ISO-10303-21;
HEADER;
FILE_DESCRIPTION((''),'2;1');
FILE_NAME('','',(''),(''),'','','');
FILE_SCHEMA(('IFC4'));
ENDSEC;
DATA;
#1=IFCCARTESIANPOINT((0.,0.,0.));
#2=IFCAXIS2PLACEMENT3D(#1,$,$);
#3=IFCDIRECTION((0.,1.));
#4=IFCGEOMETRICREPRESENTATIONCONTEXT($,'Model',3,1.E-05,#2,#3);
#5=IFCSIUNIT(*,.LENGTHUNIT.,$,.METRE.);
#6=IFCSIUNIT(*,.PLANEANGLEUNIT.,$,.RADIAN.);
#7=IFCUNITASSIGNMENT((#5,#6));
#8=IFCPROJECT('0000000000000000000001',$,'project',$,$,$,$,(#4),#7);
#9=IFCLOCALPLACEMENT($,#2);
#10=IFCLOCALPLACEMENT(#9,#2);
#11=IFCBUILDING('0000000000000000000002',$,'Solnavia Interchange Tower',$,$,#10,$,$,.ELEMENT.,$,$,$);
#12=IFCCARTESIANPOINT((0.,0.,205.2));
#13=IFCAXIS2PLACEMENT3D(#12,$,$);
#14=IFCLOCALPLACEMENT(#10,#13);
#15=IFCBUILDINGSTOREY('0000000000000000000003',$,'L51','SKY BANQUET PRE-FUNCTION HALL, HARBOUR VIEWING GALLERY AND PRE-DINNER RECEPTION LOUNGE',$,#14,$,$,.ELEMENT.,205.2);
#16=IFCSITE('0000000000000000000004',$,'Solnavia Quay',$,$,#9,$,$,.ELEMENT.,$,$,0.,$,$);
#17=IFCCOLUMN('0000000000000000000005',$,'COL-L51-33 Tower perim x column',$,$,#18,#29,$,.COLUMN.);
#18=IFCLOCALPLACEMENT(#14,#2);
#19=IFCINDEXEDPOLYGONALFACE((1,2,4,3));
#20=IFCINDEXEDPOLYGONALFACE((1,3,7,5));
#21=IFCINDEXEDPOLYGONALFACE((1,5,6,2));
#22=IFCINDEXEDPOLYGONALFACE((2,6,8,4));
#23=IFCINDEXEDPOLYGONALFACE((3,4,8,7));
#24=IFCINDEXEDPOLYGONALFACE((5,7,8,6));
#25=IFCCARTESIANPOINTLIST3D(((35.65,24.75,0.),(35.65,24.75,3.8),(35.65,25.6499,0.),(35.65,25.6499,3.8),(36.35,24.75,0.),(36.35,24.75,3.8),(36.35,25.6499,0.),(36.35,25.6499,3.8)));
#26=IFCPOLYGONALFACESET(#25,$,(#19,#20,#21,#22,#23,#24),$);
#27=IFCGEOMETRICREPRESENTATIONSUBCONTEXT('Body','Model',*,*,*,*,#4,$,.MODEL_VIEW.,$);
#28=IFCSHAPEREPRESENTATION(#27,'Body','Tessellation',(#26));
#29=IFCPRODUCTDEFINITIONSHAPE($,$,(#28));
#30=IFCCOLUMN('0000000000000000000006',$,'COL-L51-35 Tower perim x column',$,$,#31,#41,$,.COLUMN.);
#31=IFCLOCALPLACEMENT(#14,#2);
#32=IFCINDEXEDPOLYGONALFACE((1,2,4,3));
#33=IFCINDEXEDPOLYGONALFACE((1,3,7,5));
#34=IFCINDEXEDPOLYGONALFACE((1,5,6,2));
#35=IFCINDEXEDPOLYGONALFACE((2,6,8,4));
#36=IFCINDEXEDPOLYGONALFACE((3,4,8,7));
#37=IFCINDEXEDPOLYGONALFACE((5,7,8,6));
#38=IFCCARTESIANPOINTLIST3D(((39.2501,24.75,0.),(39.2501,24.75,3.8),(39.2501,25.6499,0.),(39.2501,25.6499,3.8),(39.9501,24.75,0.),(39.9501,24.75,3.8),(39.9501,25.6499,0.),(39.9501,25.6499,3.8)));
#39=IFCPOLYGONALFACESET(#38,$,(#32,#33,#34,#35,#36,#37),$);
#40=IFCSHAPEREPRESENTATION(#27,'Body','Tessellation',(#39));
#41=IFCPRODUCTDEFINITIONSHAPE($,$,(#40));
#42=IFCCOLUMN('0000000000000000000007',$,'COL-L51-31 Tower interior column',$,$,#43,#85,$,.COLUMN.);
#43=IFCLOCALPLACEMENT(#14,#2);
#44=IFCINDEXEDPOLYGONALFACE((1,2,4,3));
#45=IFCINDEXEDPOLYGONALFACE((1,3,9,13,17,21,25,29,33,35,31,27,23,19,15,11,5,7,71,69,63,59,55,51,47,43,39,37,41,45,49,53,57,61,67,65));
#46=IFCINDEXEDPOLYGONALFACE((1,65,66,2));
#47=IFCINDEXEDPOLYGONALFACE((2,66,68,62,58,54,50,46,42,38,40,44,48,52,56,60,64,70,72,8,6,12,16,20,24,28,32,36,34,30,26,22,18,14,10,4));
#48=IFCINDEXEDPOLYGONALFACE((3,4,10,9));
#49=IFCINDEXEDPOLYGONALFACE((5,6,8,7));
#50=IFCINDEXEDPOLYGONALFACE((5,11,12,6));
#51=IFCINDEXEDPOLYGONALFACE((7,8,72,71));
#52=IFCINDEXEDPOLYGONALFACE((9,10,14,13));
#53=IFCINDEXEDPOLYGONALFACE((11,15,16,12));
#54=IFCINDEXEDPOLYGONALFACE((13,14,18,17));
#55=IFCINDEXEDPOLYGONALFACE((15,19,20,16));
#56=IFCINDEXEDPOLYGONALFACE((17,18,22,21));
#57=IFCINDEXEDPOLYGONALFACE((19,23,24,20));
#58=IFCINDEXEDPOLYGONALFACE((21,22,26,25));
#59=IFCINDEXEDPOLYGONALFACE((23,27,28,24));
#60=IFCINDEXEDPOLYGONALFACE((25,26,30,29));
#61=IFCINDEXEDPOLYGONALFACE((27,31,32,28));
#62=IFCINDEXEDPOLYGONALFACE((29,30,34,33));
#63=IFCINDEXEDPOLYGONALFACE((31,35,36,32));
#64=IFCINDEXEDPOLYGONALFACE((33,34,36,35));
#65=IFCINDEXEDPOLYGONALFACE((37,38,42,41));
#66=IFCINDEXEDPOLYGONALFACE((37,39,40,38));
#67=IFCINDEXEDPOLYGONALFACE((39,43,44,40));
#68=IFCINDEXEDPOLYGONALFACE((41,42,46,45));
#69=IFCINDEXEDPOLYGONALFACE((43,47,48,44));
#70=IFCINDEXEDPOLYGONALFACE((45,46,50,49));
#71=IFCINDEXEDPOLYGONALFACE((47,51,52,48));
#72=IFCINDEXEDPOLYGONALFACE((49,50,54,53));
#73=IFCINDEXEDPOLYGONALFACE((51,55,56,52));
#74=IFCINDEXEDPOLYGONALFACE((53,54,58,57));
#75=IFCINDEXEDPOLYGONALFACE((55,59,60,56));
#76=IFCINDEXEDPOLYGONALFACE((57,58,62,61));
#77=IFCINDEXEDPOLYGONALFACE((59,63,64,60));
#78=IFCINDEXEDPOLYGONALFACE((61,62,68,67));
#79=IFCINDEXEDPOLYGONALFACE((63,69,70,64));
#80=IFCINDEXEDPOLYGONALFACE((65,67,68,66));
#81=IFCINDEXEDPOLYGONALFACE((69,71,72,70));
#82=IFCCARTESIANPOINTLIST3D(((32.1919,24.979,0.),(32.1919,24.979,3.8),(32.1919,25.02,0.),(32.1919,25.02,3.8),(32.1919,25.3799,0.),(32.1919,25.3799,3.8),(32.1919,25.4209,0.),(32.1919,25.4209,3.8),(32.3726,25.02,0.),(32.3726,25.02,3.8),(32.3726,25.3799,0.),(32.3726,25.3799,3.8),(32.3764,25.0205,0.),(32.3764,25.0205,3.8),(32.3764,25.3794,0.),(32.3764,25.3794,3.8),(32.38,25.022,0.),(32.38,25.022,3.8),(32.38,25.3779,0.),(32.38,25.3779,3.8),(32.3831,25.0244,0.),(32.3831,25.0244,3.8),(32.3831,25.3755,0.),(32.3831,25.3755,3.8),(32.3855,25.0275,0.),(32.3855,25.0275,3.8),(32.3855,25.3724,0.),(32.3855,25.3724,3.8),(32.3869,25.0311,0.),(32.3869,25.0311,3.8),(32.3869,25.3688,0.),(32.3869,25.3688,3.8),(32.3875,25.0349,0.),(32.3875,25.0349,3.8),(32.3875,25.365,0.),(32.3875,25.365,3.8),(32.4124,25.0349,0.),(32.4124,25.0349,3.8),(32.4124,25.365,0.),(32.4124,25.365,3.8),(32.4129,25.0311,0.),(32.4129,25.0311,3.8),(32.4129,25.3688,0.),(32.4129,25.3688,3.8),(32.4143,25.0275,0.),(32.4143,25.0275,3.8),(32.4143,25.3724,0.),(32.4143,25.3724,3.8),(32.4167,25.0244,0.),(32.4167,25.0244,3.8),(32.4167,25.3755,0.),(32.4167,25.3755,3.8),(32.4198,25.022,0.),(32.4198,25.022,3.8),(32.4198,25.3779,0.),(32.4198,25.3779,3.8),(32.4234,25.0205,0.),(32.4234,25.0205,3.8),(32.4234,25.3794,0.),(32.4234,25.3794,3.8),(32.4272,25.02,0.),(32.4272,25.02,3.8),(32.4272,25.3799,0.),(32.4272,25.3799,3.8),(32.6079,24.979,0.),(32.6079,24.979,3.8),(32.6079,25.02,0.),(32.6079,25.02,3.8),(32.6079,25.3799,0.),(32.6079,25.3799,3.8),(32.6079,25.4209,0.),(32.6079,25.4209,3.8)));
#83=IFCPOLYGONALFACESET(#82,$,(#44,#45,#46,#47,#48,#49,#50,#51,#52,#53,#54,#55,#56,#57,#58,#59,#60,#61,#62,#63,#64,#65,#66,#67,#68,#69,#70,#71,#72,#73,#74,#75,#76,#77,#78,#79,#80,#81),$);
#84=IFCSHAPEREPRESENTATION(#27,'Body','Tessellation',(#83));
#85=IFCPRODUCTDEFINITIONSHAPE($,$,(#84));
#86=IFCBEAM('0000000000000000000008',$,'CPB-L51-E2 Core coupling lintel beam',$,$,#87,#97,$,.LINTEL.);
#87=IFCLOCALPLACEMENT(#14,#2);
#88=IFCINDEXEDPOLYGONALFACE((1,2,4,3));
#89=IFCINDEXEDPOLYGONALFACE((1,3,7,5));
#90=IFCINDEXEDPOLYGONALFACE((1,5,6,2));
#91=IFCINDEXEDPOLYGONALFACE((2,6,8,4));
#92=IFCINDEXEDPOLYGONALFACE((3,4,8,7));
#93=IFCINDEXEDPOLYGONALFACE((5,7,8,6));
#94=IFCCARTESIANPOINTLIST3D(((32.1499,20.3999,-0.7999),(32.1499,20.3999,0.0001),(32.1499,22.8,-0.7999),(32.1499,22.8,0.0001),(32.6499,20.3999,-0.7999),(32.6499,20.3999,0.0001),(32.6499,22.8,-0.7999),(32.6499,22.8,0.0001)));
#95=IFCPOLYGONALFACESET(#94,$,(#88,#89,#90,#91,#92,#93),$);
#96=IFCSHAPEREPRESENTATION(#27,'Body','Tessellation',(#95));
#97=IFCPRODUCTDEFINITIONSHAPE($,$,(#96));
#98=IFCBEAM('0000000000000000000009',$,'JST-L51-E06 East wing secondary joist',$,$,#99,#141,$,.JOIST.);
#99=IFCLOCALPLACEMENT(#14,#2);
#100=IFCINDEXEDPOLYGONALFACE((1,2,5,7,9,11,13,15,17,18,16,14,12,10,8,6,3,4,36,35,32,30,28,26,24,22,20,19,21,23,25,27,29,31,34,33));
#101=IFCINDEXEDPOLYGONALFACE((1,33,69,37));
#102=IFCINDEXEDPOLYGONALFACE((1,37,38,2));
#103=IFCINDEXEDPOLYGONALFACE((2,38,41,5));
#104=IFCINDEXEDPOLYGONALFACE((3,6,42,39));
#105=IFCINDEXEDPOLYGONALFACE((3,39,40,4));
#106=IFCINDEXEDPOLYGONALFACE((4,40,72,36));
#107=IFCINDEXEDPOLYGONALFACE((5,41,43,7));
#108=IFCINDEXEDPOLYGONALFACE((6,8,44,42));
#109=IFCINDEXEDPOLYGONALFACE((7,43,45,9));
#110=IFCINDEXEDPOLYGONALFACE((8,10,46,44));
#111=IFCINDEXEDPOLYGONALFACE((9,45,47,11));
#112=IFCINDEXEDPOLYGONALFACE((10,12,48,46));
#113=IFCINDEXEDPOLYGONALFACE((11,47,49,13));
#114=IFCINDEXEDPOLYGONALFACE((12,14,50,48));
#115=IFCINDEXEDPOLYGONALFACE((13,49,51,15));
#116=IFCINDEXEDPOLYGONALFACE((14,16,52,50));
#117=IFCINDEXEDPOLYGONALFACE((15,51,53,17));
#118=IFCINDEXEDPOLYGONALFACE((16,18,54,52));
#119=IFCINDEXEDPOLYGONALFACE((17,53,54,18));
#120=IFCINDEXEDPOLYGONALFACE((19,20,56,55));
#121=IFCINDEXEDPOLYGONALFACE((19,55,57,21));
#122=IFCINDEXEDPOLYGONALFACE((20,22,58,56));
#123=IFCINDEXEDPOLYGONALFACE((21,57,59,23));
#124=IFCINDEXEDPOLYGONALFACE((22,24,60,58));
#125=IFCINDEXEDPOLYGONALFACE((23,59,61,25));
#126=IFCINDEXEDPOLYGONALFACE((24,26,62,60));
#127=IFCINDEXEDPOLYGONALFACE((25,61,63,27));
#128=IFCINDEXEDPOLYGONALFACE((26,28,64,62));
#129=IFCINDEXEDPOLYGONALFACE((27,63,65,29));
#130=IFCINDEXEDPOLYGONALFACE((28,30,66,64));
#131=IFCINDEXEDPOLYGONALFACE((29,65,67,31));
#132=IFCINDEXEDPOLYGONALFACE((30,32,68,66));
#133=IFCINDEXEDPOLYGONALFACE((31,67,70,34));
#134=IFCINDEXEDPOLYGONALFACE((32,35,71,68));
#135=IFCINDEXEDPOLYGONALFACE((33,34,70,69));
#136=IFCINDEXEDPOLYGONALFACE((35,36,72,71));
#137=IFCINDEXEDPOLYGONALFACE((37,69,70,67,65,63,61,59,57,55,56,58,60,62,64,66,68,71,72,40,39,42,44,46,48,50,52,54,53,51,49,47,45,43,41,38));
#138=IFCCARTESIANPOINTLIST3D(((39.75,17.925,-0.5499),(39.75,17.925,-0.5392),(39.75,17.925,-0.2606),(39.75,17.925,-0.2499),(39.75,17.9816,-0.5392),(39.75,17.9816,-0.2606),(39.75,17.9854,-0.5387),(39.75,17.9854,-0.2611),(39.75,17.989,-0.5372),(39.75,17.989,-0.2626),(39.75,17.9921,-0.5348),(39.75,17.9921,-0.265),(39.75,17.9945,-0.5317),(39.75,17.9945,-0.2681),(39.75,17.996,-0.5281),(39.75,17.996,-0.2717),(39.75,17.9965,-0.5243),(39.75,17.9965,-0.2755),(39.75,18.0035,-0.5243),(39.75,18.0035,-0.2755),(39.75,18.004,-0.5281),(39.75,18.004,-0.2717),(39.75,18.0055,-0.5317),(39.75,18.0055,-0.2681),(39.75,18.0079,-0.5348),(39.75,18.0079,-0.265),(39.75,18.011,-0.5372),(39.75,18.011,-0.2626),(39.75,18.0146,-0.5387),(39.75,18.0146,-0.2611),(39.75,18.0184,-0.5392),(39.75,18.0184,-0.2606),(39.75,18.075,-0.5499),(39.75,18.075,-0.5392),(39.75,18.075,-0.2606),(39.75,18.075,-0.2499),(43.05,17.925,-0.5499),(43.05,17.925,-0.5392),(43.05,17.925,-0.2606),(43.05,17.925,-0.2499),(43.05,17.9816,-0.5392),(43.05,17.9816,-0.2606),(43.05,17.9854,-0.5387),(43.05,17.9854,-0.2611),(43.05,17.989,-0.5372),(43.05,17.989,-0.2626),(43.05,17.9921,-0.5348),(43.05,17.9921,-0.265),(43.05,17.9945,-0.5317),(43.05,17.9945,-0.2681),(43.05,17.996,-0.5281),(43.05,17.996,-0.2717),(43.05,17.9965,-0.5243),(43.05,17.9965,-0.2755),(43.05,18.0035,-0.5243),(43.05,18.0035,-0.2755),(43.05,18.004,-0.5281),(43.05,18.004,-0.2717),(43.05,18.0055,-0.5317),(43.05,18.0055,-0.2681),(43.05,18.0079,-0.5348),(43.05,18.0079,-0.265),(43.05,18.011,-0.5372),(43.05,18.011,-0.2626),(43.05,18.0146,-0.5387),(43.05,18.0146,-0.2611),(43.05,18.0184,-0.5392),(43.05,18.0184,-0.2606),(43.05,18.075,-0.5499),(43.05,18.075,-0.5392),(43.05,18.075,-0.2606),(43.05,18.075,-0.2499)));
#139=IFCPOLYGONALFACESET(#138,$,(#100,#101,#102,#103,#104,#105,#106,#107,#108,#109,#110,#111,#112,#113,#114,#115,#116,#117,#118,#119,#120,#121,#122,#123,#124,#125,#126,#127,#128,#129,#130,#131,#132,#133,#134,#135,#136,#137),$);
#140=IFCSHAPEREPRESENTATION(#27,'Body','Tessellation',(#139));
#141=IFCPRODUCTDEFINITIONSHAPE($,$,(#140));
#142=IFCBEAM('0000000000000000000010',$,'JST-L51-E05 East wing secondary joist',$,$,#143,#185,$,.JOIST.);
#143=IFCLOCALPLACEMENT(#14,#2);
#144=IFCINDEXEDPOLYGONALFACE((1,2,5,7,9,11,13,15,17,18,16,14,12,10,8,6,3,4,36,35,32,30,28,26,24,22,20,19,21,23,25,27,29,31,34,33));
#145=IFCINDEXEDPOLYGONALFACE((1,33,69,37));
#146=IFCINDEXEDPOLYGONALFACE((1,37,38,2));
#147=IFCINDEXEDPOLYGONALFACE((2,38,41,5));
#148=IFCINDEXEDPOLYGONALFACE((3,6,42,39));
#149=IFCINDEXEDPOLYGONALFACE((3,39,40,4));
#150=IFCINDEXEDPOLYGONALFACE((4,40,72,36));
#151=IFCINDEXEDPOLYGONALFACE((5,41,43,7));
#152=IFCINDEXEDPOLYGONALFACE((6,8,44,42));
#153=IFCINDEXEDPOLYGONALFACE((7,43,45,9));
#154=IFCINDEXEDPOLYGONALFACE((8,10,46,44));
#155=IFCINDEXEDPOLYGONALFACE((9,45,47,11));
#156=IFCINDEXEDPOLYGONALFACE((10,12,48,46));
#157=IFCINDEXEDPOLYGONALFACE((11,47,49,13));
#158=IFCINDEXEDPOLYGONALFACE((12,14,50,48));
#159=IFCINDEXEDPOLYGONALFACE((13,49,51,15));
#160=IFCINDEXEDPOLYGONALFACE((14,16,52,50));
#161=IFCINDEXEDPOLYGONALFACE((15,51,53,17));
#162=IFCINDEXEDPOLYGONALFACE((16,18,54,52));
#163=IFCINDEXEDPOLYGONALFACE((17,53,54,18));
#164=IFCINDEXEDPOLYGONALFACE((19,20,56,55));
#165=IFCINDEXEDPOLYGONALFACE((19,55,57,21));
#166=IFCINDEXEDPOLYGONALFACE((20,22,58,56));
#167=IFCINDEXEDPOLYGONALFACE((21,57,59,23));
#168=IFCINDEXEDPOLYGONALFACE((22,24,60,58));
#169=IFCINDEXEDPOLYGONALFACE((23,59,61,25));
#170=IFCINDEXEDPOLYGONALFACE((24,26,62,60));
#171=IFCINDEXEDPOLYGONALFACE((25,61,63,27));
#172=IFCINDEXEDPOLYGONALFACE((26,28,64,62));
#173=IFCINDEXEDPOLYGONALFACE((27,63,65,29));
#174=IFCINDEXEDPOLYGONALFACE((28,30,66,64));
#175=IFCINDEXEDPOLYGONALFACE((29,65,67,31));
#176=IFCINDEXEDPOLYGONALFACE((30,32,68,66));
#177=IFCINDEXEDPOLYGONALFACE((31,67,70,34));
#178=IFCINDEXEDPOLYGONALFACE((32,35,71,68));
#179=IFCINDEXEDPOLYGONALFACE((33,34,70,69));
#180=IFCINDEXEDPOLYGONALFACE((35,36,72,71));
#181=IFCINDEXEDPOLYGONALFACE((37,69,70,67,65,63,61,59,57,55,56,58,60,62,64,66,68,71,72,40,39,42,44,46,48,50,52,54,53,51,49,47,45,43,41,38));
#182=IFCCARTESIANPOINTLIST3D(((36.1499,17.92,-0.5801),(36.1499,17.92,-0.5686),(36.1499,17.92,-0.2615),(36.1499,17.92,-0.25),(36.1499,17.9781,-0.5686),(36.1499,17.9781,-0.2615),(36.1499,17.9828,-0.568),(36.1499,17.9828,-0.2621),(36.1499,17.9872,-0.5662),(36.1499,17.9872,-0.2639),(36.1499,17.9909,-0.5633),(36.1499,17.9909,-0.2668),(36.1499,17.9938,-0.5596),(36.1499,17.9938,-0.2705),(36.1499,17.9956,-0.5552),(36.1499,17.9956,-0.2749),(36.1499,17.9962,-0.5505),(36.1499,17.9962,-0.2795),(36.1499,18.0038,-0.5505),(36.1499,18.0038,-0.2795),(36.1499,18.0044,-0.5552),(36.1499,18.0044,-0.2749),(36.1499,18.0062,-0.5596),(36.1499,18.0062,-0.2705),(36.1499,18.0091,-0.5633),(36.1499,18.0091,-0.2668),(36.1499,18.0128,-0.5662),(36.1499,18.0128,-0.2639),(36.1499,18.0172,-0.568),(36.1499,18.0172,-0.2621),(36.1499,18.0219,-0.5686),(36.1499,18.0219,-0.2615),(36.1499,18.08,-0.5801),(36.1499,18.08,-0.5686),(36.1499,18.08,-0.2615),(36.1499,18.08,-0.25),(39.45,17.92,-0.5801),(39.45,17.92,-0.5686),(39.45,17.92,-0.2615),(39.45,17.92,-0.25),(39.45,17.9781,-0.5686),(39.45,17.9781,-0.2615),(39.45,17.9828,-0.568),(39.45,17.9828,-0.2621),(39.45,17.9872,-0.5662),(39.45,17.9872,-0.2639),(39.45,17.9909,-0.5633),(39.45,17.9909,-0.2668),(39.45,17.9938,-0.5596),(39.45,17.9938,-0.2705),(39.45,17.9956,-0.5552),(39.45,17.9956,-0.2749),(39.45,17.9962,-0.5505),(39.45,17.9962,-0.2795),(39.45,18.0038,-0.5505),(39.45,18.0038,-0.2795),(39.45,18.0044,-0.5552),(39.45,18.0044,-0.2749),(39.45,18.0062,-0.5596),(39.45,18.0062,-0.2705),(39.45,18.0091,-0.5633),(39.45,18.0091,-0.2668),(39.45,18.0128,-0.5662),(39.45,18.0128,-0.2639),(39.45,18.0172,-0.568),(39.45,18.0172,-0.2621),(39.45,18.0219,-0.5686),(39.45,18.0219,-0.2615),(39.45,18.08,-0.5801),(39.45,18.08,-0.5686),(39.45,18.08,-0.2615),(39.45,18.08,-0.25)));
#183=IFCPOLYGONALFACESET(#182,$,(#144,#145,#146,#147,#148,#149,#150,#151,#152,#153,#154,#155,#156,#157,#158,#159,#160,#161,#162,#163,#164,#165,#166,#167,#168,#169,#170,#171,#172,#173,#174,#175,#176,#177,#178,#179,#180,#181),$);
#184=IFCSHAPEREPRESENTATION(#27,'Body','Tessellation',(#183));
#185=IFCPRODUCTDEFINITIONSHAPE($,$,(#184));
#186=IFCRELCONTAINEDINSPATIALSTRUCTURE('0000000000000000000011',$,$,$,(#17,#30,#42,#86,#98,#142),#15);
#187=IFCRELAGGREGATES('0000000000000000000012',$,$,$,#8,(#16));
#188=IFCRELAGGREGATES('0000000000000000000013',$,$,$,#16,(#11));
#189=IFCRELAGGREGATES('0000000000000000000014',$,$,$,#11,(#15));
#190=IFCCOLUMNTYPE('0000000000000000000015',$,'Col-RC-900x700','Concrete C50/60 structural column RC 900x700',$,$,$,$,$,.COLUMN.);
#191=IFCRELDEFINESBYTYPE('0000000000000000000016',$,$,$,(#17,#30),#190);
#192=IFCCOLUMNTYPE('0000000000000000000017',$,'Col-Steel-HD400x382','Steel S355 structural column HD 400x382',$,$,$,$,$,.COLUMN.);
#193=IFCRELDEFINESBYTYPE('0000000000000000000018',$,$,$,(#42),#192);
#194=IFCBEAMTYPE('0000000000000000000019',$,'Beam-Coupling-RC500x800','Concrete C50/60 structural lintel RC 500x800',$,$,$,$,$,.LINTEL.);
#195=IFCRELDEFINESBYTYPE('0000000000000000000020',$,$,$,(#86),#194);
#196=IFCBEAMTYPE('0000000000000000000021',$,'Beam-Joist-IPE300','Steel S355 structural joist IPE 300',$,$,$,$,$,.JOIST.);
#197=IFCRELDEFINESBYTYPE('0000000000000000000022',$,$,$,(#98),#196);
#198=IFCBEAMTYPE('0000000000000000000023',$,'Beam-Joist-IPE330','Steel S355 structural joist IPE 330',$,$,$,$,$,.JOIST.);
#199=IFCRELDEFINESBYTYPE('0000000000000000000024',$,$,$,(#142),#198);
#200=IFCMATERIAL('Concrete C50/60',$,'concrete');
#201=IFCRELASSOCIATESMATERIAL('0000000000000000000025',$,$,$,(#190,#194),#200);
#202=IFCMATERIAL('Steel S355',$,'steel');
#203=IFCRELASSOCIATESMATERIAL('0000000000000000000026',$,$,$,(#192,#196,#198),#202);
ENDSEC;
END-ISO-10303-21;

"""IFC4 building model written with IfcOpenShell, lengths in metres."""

from ifc_helpers import new_model, si_unit, direction, frame, origin, origin_2d, place, context, subcontext, project, spatial, rectangle, i_section, extrude, material, material_profile, profile_set, type_object, element, save


model = new_model("IFC4")

# Units and contexts
model_context = context("Model", 3, precision=1e-05, world=origin(), true_north=direction((0.0, 1.0)))
body_context = subcontext(model_context, "Body", "Model", "MODEL_VIEW")
ifc_project = project(units=[si_unit("LENGTHUNIT", "METRE"), si_unit("PLANEANGLEUNIT", "RADIAN")], contexts=[model_context])

# Site, building, storey
site_placement = place(None, origin())
site = spatial("IfcSite", under=ifc_project, at=site_placement, Name="Solnavia Quay", CompositionType="ELEMENT", RefElevation=0.0)
building_placement = place(site_placement, origin())
building = spatial("IfcBuilding", under=site, at=building_placement, Name="Solnavia Interchange Tower", CompositionType="ELEMENT")
storey_placement = place(building_placement, frame((0.0, 0.0, 205.2)))
storey = spatial("IfcBuildingStorey", under=building, at=storey_placement, Name="L51", Description="SKY BANQUET PRE-FUNCTION HALL, HARBOUR VIEWING GALLERY AND PRE-DINNER RECEPTION LOUNGE", CompositionType="ELEMENT", Elevation=205.2)

# Columns
ifc_material_1 = material(Name="Concrete C50/60", Category="concrete")
ifc_material_profile_1 = material_profile(ifc_material_1, rectangle(XDim=0.7, YDim=0.8999, at=origin_2d()), Name="RC 900x700")
ifc_profile_set_1 = profile_set([ifc_material_profile_1], Name="Concrete C50/60")
column_type_1 = type_object("IfcColumnType", Name="Col-RC-900x700", Description="Concrete C50/60 structural column RC 900x700", PredefinedType="COLUMN", material=ifc_profile_set_1)
for number, where, z_axis, x_axis, name in (
    (1, (36.0, 25.2, 0.0), (0.0, 0.0, 1.0), (1.0, 0.0, 0.0), "COL-L51-33 Tower perim x column"),
    (2, (39.6001, 25.2, 0.0), (0.0, 0.0, 1.0), (1.0, 0.0, 0.0), "COL-L51-35 Tower perim x column"),
):
    element("IfcColumn", number, at=place(storey_placement, frame(where, z_axis=z_axis, x_axis=x_axis)), inside=storey, type_object=column_type_1, Name=name, PredefinedType="COLUMN", context=body_context, shape_type="SweptSolid", body=[
        extrude(rectangle(XDim=0.7, YDim=0.8999, at=origin_2d()), origin(), (0.0, 0.0, 1.0), 3.8),
    ])
ifc_material_2 = material(Name="Steel S355", Category="steel")
ifc_material_profile_2 = material_profile(ifc_material_2, i_section(OverallWidth=0.416, OverallDepth=0.4419, WebThickness=0.0249, FlangeThickness=0.041, FilletRadius=0.0149, at=origin_2d()), Name="HD 400x382")
ifc_profile_set_2 = profile_set([ifc_material_profile_2], Name="Steel S355")
column_type_2 = type_object("IfcColumnType", Name="Col-Steel-HD400x382", Description="Steel S355 structural column HD 400x382", PredefinedType="COLUMN", material=ifc_profile_set_2)
column_placement = place(storey_placement, frame((32.3999, 25.2, 0.0), z_axis=(0.0, 0.0, 1.0), x_axis=(1.0, 0.0, 0.0)))
element("IfcColumn", 3, at=column_placement, inside=storey, type_object=column_type_2, Name="COL-L51-31 Tower interior column", PredefinedType="COLUMN", context=body_context, shape_type="SweptSolid", body=[
    extrude(i_section(OverallWidth=0.416, OverallDepth=0.4419, WebThickness=0.0249, FlangeThickness=0.041, FilletRadius=0.0149, at=origin_2d()), origin(), (0.0, 0.0, 1.0), 3.8),
])

# Beams
ifc_material_profile_3 = material_profile(ifc_material_1, rectangle(XDim=0.5, YDim=0.8, at=origin_2d()), Name="RC 500x800")
ifc_profile_set_3 = profile_set([ifc_material_profile_3], Name="Concrete C50/60")
beam_type_1 = type_object("IfcBeamType", Name="Beam-Coupling-RC500x800", Description="Concrete C50/60 structural lintel RC 500x800", PredefinedType="LINTEL", material=ifc_profile_set_3)
beam_1_placement = place(storey_placement, frame((32.3999, 20.3999, -0.3999), z_axis=(0.0, 1.0, 0.0), x_axis=(-1.0, 0.0, 0.0)))
element("IfcBeam", 4, at=beam_1_placement, inside=storey, type_object=beam_type_1, Name="CPB-L51-E2 Core coupling lintel beam", PredefinedType="LINTEL", context=body_context, shape_type="SweptSolid", body=[
    extrude(rectangle(XDim=0.5, YDim=0.8, at=origin_2d()), origin(), (0.0, 0.0, 1.0), 2.4001),
])
ifc_material_profile_4 = material_profile(ifc_material_2, i_section(OverallWidth=0.1499, OverallDepth=0.3, WebThickness=0.0071, FlangeThickness=0.0107, FilletRadius=0.0149, at=origin_2d()), Name="IPE 300")
ifc_profile_set_4 = profile_set([ifc_material_profile_4], Name="Steel S355")
beam_type_2 = type_object("IfcBeamType", Name="Beam-Joist-IPE300", Description="Steel S355 structural joist IPE 300", PredefinedType="JOIST", material=ifc_profile_set_4)
beam_2_placement = place(storey_placement, frame((39.75, 18.0, -0.3999), z_axis=(1.0, 0.0, 0.0), x_axis=(0.0, 1.0, 0.0)))
element("IfcBeam", 5, at=beam_2_placement, inside=storey, type_object=beam_type_2, Name="JST-L51-E06 East wing secondary joist", PredefinedType="JOIST", context=body_context, shape_type="SweptSolid", body=[
    extrude(i_section(OverallWidth=0.1499, OverallDepth=0.3, WebThickness=0.0071, FlangeThickness=0.0107, FilletRadius=0.0149, at=origin_2d()), origin(), (0.0, 0.0, 1.0), 3.3),
])
ifc_material_profile_5 = material_profile(ifc_material_2, i_section(OverallWidth=0.1599, OverallDepth=0.3301, WebThickness=0.0076, FlangeThickness=0.0115, FilletRadius=0.0181, at=origin_2d()), Name="IPE 330")
ifc_profile_set_5 = profile_set([ifc_material_profile_5], Name="Steel S355")
beam_type_3 = type_object("IfcBeamType", Name="Beam-Joist-IPE330", Description="Steel S355 structural joist IPE 330", PredefinedType="JOIST", material=ifc_profile_set_5)
for number, where, z_axis, x_axis, name in (
    (6, (36.1499, 18.0, -0.415), (1.0, 0.0, 0.0), (0.0, 1.0, 0.0), "JST-L51-E05 East wing secondary joist"),
):
    element("IfcBeam", number, at=place(storey_placement, frame(where, z_axis=z_axis, x_axis=x_axis)), inside=storey, type_object=beam_type_3, Name=name, PredefinedType="JOIST", context=body_context, shape_type="SweptSolid", body=[
        extrude(i_section(OverallWidth=0.1599, OverallDepth=0.3301, WebThickness=0.0076, FlangeThickness=0.0115, FilletRadius=0.0181, at=origin_2d()), origin(), (0.0, 0.0, 1.0), 3.3),
    ])

save(model, "model.ifc")
